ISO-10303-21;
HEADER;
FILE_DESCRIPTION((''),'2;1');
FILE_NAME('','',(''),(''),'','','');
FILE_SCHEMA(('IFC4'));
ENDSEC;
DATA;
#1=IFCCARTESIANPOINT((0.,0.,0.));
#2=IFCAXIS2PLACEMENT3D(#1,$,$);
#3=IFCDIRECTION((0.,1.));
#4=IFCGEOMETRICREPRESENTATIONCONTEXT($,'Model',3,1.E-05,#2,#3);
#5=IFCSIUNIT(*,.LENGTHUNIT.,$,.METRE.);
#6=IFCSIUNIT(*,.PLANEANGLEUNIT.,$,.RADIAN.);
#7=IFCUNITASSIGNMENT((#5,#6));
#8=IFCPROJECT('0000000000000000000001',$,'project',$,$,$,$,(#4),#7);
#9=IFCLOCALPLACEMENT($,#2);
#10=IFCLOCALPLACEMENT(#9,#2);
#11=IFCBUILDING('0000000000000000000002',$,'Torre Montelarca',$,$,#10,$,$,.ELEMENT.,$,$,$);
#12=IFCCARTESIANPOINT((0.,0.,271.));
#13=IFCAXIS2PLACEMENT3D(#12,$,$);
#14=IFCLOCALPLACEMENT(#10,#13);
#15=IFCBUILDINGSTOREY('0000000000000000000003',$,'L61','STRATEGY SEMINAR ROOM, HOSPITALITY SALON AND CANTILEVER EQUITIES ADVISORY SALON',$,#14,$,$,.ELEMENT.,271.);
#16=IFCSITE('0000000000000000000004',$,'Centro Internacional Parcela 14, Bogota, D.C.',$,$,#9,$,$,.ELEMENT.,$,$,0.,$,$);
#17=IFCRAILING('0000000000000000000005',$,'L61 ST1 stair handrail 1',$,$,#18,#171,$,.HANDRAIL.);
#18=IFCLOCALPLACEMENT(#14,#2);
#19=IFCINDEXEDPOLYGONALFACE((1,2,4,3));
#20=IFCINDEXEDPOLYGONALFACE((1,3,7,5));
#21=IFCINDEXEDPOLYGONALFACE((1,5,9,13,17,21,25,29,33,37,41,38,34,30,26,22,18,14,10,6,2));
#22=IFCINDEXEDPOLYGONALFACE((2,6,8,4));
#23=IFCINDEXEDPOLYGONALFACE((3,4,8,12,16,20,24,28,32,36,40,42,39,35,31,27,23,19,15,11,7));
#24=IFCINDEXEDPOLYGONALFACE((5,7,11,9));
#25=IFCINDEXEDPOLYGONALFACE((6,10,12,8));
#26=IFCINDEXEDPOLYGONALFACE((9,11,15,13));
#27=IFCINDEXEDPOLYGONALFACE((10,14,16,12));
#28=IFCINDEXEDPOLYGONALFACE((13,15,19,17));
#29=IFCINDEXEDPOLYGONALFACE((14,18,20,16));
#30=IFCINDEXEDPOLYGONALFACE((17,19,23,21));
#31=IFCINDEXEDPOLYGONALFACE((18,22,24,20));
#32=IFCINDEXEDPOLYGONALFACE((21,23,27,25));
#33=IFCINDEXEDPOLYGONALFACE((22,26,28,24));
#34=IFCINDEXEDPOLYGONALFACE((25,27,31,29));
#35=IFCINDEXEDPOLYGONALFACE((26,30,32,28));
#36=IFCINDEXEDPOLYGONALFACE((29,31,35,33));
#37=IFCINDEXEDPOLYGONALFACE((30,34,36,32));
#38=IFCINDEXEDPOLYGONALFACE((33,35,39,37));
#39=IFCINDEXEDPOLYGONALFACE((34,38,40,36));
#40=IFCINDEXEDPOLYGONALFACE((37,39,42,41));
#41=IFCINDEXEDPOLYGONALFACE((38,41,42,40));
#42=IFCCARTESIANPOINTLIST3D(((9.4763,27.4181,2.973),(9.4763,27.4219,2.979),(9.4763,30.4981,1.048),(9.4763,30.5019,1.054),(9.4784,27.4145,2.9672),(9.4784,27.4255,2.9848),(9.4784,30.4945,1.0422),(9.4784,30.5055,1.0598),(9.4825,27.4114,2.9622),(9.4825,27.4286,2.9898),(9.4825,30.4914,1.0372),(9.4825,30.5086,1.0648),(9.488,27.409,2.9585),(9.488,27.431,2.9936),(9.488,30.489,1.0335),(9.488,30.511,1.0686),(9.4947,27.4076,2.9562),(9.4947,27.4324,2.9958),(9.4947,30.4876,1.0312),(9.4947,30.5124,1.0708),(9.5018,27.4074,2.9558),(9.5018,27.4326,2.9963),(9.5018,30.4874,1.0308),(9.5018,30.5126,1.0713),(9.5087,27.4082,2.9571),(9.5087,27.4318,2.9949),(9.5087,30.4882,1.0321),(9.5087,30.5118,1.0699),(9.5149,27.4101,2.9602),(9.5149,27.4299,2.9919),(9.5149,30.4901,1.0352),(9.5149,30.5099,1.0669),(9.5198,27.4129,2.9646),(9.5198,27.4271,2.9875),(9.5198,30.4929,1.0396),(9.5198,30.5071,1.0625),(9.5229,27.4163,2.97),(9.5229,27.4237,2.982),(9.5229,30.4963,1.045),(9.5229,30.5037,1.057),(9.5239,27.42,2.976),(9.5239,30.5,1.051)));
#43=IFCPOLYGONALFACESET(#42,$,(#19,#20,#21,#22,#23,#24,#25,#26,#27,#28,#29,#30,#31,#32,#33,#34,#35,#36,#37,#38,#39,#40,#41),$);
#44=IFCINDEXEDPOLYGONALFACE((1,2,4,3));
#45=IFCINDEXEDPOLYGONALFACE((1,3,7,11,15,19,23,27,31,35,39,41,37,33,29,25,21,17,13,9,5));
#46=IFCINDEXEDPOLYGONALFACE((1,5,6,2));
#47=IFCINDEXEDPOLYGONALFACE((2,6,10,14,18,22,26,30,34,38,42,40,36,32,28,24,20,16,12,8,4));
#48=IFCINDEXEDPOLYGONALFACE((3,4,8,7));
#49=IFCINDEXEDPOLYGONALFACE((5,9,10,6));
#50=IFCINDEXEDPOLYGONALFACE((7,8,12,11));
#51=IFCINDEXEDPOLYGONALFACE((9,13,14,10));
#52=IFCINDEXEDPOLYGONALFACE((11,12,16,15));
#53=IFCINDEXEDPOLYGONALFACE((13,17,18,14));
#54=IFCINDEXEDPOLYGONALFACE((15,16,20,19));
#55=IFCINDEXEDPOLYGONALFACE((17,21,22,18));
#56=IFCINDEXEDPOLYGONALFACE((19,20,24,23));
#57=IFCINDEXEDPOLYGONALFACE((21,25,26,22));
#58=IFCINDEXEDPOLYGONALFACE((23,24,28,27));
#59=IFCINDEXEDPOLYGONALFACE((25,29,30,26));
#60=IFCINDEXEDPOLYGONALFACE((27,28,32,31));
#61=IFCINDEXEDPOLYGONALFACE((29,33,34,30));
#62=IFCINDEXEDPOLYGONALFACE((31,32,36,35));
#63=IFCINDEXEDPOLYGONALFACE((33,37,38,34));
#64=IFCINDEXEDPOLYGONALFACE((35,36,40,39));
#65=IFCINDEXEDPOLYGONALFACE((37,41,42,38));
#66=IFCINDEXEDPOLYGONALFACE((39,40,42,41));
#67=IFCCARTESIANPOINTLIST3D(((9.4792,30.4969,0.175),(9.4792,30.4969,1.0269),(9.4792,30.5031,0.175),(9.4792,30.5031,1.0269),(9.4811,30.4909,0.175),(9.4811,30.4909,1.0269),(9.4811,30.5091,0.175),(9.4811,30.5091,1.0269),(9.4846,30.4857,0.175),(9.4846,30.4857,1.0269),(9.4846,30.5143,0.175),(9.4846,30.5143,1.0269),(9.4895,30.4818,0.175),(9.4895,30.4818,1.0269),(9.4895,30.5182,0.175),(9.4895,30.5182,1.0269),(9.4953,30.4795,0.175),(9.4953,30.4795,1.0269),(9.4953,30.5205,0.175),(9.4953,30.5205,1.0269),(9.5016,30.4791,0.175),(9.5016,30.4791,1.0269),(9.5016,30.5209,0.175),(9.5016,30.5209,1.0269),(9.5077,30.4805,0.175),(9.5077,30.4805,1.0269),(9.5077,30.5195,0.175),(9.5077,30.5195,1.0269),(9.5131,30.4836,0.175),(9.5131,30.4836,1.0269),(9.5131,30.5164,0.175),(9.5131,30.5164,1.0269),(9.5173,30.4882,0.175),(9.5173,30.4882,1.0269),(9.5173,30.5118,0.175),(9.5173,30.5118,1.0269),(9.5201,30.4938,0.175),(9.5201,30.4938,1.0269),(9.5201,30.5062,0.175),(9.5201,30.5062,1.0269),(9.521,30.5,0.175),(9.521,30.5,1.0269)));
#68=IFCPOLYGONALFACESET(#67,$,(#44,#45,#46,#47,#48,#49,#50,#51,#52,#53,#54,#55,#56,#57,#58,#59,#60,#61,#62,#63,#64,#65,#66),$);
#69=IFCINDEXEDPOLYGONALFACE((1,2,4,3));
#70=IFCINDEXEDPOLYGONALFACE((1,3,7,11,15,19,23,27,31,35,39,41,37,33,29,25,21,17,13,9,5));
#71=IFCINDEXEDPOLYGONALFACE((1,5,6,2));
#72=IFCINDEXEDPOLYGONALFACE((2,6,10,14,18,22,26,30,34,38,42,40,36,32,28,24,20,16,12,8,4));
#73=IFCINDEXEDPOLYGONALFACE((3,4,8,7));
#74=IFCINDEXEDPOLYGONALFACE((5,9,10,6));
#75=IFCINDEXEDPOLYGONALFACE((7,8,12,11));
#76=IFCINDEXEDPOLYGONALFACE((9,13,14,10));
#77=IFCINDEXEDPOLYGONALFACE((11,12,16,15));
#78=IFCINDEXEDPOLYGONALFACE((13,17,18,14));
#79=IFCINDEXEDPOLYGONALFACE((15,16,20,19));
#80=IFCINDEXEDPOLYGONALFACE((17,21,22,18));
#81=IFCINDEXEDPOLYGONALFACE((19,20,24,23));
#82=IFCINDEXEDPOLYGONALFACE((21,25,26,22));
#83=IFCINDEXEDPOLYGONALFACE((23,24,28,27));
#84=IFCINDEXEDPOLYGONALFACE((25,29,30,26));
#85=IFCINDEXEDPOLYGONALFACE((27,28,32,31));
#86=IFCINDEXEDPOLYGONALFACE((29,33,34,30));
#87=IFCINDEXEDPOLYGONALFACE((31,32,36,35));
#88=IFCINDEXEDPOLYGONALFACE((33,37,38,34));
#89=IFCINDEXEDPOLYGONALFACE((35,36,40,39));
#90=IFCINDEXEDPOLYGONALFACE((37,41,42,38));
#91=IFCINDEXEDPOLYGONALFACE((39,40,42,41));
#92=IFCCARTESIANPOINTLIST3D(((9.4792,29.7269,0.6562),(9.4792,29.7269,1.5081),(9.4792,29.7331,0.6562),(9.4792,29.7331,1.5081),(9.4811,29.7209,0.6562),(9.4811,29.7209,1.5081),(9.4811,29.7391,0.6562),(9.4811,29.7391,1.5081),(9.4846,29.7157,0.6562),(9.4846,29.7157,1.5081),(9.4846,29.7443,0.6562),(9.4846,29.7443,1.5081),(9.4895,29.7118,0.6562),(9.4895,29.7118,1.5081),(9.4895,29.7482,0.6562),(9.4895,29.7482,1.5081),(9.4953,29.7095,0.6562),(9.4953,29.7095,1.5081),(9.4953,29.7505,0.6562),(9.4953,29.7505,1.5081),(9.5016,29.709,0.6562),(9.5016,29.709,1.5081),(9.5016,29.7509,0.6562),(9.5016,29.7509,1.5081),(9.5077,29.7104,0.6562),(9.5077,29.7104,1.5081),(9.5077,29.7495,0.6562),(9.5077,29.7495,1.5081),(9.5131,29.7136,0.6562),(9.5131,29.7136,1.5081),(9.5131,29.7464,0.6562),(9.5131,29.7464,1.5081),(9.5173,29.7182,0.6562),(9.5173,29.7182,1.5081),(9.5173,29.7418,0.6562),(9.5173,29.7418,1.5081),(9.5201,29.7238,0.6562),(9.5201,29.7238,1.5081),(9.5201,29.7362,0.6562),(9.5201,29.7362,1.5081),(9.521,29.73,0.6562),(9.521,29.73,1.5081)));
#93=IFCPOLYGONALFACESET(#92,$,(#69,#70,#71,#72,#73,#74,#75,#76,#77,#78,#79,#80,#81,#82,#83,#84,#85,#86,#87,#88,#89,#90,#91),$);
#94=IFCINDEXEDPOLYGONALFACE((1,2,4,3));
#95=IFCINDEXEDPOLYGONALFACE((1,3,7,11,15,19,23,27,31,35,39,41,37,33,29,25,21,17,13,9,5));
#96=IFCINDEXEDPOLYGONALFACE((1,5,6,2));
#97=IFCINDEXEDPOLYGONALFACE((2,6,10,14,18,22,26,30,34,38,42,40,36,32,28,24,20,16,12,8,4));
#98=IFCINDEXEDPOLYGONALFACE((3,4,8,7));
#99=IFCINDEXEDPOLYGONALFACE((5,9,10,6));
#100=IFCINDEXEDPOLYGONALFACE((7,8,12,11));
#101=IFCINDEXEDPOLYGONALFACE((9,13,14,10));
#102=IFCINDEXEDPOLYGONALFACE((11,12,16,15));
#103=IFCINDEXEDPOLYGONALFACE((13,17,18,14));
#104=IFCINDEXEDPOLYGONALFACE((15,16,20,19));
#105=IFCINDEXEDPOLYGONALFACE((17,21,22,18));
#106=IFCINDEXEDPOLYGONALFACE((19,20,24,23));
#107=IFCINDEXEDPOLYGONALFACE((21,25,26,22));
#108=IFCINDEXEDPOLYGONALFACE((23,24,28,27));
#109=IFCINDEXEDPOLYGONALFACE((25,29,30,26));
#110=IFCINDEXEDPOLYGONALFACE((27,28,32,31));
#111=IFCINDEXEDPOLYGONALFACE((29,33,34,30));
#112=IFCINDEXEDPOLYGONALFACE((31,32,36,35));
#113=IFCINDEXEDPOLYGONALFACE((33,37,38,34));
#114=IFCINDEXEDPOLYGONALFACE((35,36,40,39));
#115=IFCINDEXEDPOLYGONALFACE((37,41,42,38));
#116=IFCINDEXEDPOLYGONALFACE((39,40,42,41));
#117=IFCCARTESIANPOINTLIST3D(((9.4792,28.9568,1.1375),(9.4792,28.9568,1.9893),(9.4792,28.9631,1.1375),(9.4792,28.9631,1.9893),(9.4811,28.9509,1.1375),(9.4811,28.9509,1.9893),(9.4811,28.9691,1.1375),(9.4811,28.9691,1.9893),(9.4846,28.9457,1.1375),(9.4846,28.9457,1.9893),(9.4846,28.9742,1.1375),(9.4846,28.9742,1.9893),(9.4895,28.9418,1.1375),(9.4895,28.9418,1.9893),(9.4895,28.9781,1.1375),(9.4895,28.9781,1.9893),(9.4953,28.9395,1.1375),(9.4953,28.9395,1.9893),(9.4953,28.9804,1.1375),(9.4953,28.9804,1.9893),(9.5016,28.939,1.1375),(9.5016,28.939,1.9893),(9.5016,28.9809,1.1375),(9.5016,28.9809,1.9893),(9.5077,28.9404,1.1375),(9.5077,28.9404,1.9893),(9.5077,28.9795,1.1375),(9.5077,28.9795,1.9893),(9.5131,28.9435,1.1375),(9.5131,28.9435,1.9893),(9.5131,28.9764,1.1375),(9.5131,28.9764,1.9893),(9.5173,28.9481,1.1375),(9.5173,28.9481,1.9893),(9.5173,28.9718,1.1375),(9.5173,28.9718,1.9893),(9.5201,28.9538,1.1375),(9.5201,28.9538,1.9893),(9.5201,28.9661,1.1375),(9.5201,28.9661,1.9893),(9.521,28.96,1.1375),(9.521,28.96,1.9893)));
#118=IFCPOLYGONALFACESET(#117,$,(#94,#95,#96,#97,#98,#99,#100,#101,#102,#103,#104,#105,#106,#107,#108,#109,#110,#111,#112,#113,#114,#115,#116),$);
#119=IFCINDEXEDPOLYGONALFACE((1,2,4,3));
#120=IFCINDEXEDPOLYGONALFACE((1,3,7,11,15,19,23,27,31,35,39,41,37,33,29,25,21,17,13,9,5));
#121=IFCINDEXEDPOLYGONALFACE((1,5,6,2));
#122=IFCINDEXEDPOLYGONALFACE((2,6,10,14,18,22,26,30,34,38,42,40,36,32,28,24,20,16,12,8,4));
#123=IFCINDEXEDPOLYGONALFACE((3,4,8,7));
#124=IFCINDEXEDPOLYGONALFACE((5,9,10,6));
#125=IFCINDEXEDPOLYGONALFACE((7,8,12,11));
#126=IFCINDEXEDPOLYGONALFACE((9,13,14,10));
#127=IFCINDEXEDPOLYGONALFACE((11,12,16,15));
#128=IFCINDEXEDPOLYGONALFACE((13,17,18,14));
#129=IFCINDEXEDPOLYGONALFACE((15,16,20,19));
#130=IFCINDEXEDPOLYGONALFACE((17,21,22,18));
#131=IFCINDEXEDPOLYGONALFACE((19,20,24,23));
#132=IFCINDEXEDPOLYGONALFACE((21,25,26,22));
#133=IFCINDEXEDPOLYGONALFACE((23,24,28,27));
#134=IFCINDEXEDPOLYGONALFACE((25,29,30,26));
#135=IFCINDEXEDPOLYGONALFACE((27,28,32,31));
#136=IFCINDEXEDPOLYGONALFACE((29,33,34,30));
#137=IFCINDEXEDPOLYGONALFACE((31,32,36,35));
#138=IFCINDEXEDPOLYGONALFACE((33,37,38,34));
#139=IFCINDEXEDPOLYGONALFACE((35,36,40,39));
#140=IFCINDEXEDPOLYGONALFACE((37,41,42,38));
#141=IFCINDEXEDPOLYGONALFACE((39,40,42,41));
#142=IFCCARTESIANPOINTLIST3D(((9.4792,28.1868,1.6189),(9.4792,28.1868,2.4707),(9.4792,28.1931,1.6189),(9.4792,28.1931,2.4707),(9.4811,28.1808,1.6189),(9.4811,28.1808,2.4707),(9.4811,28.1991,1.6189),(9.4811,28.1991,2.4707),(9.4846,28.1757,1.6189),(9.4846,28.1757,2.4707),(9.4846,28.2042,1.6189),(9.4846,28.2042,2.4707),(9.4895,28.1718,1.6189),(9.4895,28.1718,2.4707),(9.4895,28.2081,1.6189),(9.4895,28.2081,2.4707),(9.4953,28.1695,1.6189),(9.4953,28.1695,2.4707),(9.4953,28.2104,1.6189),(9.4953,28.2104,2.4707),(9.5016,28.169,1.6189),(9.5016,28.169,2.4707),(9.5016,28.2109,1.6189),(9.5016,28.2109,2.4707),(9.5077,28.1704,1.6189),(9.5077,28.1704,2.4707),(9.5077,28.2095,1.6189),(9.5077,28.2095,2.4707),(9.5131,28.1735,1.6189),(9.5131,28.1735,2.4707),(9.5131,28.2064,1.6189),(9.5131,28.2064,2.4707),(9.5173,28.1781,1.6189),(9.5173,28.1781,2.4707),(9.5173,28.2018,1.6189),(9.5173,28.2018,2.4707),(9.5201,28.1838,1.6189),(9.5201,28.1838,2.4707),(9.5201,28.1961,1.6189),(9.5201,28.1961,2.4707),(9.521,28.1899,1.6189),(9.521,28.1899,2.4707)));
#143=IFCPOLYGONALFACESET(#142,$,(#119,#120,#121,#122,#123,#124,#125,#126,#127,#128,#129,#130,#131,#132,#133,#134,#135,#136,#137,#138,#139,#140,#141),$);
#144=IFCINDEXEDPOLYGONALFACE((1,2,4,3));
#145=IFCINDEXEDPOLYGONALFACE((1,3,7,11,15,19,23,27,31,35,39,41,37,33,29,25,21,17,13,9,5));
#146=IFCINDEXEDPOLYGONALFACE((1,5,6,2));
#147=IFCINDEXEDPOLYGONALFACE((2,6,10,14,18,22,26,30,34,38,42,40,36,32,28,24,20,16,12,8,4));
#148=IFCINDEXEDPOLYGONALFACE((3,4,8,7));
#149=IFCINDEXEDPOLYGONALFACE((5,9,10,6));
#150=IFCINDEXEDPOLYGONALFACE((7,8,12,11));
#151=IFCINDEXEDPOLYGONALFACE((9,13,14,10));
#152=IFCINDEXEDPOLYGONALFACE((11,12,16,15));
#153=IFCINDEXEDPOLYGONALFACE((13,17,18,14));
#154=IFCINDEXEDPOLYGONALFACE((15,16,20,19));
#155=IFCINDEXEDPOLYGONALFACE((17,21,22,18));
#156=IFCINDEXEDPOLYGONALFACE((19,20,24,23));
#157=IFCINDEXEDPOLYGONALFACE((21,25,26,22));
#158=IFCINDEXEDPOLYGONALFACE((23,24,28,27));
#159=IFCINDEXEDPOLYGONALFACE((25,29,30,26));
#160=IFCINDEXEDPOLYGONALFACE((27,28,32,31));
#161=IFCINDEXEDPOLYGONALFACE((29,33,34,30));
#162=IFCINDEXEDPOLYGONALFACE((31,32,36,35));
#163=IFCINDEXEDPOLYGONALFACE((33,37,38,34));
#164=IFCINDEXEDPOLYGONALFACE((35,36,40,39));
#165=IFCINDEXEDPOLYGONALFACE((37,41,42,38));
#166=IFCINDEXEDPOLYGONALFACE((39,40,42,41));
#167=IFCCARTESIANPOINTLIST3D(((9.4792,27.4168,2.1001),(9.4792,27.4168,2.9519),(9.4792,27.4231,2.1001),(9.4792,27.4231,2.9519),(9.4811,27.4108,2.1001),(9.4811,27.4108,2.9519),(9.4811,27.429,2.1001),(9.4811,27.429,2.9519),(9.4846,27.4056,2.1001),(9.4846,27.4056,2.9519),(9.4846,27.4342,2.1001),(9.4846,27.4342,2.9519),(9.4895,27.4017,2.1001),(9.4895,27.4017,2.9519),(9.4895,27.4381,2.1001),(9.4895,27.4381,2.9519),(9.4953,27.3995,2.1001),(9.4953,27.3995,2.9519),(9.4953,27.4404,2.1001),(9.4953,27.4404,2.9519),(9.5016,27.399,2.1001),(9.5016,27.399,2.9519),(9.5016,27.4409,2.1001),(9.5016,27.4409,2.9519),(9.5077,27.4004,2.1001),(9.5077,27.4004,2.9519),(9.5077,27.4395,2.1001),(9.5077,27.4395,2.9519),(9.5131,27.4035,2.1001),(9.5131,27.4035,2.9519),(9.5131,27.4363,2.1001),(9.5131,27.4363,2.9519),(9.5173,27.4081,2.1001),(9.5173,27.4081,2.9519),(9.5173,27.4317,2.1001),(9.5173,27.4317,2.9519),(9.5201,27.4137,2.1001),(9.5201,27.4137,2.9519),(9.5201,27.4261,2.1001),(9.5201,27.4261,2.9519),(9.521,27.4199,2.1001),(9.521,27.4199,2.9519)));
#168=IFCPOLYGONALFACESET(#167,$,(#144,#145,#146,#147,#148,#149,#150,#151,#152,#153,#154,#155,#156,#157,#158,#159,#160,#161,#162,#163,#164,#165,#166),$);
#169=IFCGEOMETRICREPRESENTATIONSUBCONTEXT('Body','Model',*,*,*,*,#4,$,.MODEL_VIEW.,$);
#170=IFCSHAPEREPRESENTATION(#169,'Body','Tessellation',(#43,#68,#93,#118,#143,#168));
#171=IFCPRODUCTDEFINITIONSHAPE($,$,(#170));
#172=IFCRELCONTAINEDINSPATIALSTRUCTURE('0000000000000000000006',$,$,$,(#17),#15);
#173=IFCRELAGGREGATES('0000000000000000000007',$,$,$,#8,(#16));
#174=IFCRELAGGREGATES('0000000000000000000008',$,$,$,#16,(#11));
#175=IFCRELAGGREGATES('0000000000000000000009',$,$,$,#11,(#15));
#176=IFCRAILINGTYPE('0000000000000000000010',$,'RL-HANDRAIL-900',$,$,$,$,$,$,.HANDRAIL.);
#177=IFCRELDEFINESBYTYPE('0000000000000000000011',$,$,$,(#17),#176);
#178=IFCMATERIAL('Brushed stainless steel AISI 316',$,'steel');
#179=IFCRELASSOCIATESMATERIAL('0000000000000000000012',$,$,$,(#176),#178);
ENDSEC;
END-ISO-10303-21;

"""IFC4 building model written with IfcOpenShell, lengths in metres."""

from ifc_helpers import new_model, si_unit, direction, frame, origin, origin_2d, place, context, subcontext, project, spatial, circle, extrude, material, type_object, element, save


model = new_model("IFC4")

# Units and contexts
model_context = context("Model", 3, precision=1e-05, world=origin(), true_north=direction((0.0, 1.0)))
body_context = subcontext(model_context, "Body", "Model", "MODEL_VIEW")
ifc_project = project(units=[si_unit("LENGTHUNIT", "METRE"), si_unit("PLANEANGLEUNIT", "RADIAN")], contexts=[model_context])

# Site, building, storey
site_placement = place(None, origin())
site = spatial("IfcSite", under=ifc_project, at=site_placement, Name="Centro Internacional Parcela 14, Bogota, D.C.", CompositionType="ELEMENT", RefElevation=0.0)
building_placement = place(site_placement, origin())
building = spatial("IfcBuilding", under=site, at=building_placement, Name="Torre Montelarca", CompositionType="ELEMENT")
storey_placement = place(building_placement, frame((0.0, 0.0, 271.0)))
storey = spatial("IfcBuildingStorey", under=building, at=storey_placement, Name="L61", Description="STRATEGY SEMINAR ROOM, HOSPITALITY SALON AND CANTILEVER EQUITIES ADVISORY SALON", CompositionType="ELEMENT", Elevation=271.0)

# Railing
ifc_material_1 = material(Name="Brushed stainless steel AISI 316", Category="steel")
railing_type_1 = type_object("IfcRailingType", Name="RL-HANDRAIL-900", PredefinedType="HANDRAIL", material=ifc_material_1)
railing_1_placement = place(storey_placement, frame((9.5, 30.5, 0.175)))
element("IfcRailing", 1, at=railing_1_placement, inside=storey, type_object=railing_type_1, Name="L61 ST1 stair handrail 1", PredefinedType="HANDRAIL", context=body_context, shape_type="SweptSolid", body=[
    extrude(circle(Radius=0.0239, at=origin_2d()), frame((0.0, 0.0, 0.876), z_axis=(0.0, -0.847998, 0.529999), x_axis=(1.0, 0.0, 0.0)), (0.0, 0.0, 1.0), 3.6321),
    extrude(circle(Radius=0.021, at=origin_2d()), origin(), (0.0, 0.0, 1.0), 0.8518),
    extrude(circle(Radius=0.021, at=origin_2d()), frame((0.0, -0.77, 0.4812)), (0.0, 0.0, 1.0), 0.8518),
    extrude(circle(Radius=0.021, at=origin_2d()), frame((0.0, -1.54, 0.9624)), (0.0, 0.0, 1.0), 0.8518),
    extrude(circle(Radius=0.021, at=origin_2d()), frame((0.0, -2.3101, 1.4438)), (0.0, 0.0, 1.0), 0.8518),
    extrude(circle(Radius=0.021, at=origin_2d()), frame((0.0, -3.0801, 1.925)), (0.0, 0.0, 1.0), 0.8518),
])

save(model, "model.ifc")
